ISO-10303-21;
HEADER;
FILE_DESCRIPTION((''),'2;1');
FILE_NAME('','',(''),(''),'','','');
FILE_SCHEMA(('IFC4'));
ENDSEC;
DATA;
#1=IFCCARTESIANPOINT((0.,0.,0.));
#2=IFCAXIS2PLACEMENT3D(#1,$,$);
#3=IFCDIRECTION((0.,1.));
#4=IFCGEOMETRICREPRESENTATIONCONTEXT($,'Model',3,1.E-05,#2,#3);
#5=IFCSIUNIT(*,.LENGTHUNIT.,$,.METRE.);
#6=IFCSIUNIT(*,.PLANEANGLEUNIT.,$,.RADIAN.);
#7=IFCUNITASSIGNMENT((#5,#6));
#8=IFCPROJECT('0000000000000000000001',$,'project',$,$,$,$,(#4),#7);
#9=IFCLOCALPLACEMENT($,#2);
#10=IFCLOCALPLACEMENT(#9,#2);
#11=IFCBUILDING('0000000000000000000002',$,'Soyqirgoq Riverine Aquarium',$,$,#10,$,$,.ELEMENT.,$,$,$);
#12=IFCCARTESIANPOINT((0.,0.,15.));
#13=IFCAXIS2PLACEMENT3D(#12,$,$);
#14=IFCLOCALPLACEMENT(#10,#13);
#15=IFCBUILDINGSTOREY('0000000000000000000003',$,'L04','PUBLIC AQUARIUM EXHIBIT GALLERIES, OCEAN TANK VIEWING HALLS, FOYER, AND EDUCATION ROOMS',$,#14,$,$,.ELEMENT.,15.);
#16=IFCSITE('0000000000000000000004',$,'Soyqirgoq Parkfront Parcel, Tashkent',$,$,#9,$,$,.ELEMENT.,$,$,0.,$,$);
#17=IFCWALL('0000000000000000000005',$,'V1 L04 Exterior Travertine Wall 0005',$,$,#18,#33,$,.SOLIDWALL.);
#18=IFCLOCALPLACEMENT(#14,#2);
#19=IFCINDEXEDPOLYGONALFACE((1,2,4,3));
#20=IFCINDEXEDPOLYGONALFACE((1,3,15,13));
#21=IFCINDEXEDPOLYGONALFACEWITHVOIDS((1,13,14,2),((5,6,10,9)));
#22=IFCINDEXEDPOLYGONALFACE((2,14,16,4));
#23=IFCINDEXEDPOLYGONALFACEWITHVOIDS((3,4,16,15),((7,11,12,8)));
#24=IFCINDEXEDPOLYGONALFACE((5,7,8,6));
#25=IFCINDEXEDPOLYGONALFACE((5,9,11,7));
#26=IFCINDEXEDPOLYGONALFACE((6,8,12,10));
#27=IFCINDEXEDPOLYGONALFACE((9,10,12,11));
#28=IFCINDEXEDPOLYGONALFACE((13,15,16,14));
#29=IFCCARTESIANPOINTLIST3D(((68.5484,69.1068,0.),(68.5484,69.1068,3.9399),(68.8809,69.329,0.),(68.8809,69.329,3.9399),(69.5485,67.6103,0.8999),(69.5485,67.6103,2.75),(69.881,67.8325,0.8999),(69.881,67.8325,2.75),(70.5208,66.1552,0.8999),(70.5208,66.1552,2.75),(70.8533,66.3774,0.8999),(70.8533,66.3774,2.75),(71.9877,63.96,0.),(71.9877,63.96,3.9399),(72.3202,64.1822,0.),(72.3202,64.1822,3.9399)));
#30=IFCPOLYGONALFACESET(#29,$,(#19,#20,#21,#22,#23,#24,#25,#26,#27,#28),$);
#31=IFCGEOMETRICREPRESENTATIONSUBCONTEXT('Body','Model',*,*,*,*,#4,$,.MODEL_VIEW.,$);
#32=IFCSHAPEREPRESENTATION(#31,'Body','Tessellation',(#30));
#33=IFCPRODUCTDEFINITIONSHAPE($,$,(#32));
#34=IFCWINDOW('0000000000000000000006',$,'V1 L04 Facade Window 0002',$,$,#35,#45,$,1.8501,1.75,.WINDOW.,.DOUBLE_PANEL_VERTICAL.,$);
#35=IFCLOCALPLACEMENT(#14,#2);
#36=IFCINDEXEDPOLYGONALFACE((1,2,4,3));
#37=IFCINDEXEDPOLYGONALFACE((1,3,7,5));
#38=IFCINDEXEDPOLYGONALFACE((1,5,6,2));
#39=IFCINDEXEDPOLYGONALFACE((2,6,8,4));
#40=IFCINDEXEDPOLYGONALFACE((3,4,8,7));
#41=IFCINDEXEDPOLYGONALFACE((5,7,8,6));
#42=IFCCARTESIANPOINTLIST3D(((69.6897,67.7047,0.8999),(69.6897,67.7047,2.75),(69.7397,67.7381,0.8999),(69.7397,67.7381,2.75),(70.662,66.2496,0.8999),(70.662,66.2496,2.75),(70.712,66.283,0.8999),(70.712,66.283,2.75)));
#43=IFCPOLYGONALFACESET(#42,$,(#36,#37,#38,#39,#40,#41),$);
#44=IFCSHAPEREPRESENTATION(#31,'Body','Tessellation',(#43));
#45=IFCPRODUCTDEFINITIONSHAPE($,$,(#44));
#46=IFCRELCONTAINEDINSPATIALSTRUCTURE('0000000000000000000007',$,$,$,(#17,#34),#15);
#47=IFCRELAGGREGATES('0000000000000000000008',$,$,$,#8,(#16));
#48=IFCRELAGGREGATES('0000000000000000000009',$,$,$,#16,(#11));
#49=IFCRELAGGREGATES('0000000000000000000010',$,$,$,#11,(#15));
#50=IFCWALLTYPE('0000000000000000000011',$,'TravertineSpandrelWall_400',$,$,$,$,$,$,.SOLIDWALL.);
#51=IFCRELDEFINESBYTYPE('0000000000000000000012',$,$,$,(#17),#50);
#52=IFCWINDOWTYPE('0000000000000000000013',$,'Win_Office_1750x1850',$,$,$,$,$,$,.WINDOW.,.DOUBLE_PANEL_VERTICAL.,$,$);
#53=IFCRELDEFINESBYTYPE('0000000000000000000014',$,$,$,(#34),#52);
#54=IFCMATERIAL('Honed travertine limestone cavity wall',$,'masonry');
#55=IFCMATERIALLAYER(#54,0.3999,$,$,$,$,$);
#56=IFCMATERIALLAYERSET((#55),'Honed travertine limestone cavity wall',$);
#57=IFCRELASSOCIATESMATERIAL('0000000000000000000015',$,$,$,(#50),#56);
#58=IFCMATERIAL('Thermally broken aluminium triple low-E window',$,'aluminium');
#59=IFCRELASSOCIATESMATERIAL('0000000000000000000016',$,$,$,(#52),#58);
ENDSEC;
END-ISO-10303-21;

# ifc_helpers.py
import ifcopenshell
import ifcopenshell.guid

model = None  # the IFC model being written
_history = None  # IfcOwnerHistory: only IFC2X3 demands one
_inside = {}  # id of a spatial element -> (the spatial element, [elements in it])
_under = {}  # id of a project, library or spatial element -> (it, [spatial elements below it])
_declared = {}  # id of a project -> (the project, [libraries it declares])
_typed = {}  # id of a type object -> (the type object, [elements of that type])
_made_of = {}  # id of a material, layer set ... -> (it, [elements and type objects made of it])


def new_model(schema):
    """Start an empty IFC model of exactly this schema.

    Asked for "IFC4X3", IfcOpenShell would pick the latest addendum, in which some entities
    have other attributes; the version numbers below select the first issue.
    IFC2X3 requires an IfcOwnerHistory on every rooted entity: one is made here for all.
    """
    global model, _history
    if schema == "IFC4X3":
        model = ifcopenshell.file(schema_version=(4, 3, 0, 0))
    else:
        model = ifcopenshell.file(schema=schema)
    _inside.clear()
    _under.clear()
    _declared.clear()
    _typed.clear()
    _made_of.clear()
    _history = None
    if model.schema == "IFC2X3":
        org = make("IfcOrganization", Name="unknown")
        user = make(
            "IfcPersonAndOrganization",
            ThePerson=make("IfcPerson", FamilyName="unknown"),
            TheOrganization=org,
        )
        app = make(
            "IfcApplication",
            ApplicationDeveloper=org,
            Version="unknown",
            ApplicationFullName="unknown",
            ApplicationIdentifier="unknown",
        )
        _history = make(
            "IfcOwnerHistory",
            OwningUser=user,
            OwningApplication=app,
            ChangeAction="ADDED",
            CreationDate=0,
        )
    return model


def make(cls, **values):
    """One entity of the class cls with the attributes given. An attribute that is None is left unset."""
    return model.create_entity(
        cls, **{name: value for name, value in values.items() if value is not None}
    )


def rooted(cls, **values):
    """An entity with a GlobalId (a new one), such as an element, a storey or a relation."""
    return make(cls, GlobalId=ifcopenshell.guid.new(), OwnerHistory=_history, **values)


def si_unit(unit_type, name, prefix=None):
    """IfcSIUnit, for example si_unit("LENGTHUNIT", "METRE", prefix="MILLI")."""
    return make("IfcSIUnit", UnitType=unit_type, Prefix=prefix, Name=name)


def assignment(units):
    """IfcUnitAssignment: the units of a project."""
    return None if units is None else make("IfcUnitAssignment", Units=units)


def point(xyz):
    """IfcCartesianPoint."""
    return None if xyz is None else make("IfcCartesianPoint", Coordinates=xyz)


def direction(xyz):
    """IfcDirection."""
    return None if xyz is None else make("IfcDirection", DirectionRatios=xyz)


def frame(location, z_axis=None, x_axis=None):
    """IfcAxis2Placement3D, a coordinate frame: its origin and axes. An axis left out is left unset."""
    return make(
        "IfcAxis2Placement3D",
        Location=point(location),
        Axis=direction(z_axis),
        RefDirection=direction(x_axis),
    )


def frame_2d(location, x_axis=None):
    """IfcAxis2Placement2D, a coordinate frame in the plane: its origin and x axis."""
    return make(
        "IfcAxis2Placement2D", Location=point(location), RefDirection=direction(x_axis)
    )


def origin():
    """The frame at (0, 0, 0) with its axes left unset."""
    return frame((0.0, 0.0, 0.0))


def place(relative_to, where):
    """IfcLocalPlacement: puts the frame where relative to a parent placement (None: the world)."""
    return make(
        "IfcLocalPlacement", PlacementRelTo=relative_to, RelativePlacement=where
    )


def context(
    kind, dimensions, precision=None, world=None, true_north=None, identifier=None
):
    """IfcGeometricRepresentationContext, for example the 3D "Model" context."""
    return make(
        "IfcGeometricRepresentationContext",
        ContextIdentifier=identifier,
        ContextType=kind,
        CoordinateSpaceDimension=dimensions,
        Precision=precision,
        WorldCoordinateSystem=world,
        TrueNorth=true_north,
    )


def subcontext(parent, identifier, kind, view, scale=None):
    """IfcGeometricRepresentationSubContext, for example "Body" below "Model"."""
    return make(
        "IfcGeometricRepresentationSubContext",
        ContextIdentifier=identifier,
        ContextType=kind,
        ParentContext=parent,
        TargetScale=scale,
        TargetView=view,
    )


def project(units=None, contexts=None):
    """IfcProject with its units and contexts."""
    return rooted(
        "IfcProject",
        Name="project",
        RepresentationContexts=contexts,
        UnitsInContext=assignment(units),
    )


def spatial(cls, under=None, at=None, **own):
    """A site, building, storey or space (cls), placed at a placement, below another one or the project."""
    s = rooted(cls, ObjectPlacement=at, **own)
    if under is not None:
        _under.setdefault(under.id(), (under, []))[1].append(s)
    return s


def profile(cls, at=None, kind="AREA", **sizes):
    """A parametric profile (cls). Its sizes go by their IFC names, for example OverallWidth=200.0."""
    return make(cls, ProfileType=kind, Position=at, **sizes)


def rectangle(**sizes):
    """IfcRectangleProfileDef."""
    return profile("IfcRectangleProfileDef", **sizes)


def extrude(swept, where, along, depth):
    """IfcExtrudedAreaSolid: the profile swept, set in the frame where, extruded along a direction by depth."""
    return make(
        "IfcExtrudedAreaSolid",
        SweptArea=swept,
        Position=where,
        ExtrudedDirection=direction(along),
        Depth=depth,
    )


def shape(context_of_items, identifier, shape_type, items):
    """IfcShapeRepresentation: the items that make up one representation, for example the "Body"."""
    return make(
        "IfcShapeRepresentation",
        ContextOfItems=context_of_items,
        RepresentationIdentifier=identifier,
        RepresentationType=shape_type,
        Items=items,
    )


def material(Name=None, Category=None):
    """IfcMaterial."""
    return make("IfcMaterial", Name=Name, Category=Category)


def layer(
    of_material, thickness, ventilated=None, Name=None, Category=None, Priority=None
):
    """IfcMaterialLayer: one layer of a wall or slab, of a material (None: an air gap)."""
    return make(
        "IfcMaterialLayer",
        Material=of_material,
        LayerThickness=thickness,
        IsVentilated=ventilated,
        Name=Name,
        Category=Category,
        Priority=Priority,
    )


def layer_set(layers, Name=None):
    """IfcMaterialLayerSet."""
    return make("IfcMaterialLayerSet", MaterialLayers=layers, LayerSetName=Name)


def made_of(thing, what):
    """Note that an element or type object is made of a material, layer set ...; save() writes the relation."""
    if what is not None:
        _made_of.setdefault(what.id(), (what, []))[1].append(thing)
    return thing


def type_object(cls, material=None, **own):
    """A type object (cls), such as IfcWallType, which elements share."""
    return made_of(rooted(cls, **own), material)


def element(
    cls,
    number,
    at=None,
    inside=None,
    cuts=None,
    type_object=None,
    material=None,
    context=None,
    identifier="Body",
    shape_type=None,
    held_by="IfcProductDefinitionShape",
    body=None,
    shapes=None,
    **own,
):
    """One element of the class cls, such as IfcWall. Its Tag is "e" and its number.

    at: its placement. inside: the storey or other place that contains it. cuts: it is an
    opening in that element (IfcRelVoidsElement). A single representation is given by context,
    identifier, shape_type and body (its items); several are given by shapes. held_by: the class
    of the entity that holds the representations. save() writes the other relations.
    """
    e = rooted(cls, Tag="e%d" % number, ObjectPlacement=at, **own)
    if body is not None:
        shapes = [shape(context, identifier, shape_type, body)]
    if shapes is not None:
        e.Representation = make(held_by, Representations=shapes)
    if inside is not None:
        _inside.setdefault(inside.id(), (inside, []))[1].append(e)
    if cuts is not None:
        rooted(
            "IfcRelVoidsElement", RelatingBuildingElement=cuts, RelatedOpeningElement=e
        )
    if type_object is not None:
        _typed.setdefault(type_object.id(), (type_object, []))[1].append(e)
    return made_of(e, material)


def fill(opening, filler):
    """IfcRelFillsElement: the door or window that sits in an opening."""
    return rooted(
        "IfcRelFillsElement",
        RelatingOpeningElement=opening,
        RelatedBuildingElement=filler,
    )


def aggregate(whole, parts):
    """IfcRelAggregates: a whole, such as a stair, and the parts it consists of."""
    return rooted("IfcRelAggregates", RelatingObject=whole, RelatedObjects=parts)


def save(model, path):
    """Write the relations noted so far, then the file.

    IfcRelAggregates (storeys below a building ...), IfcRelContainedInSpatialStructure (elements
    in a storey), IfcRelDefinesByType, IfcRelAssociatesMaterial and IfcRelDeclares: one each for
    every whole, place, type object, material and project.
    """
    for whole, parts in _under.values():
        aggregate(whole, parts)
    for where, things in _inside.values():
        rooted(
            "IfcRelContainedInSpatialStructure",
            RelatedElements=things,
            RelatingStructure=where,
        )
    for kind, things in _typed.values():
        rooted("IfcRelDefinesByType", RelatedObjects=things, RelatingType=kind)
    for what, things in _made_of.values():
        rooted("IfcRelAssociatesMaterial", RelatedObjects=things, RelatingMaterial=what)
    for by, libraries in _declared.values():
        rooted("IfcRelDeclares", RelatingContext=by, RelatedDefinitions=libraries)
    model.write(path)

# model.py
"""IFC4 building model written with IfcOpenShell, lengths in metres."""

from ifc_helpers import new_model, si_unit, direction, frame, frame_2d, origin, place, context, subcontext, project, spatial, rectangle, extrude, material, layer, layer_set, type_object, element, fill, save


model = new_model("IFC4")

# Units and contexts
model_context = context("Model", 3, precision=1e-05, world=origin(), true_north=direction((0.0, 1.0)))
body_context = subcontext(model_context, "Body", "Model", "MODEL_VIEW")
ifc_project = project(units=[si_unit("LENGTHUNIT", "METRE"), si_unit("PLANEANGLEUNIT", "RADIAN")], contexts=[model_context])

# Site, building, storey
site_placement = place(None, origin())
site = spatial("IfcSite", under=ifc_project, at=site_placement, Name="Soyqirgoq Parkfront Parcel, Tashkent", CompositionType="ELEMENT", RefElevation=0.0)
building_placement = place(site_placement, origin())
building = spatial("IfcBuilding", under=site, at=building_placement, Name="Soyqirgoq Riverine Aquarium", CompositionType="ELEMENT")
storey_placement = place(building_placement, frame((0.0, 0.0, 15.0)))
storey = spatial("IfcBuildingStorey", under=building, at=storey_placement, Name="L04", Description="PUBLIC AQUARIUM EXHIBIT GALLERIES, OCEAN TANK VIEWING HALLS, FOYER, AND EDUCATION ROOMS", CompositionType="ELEMENT", Elevation=15.0)

# Wall, opening, window
ifc_material_1 = material(Name="Honed travertine limestone cavity wall", Category="masonry")
ifc_layer_1 = layer(ifc_material_1, 0.3999)
ifc_layer_set_1 = layer_set([ifc_layer_1], Name="Honed travertine limestone cavity wall")
wall_type_1 = type_object("IfcWallType", Name="TravertineSpandrelWall_400", PredefinedType="SOLIDWALL", material=ifc_layer_set_1)
wall_1_placement = place(storey_placement, frame((68.7146, 69.218, 0.0), z_axis=(0.0, 0.0, 1.0), x_axis=(0.555601, -0.831449, 0.0)))
wall_1 = element("IfcWall", 1, at=wall_1_placement, inside=storey, type_object=wall_type_1, Name="V1 L04 Exterior Travertine Wall 0005", PredefinedType="SOLIDWALL", context=body_context, shape_type="SweptSolid", body=[
    extrude(rectangle(XDim=6.1902, YDim=0.3999, at=frame_2d((3.0952, 0.0))), origin(), (0.0, 0.0, 1.0), 3.9399),
])
opening_1_placement = place(wall_1_placement, frame((1.8, 0.0, 0.8999)))
opening_1 = element("IfcOpeningElement", 2, at=opening_1_placement, cuts=wall_1, PredefinedType="OPENING", context=body_context, shape_type="SweptSolid", body=[
    extrude(rectangle(XDim=1.75, YDim=1.8501, at=frame_2d((0.875, 0.925))), frame((0.0, 0.21, 0.0), z_axis=(0.0, -1.0, 0.0), x_axis=(1.0, 0.0, 0.0)), (0.0, 0.0, 1.0), 0.4199),
])
ifc_material_2 = material(Name="Thermally broken aluminium triple low-E window", Category="aluminium")
window_type_1 = type_object("IfcWindowType", Name="Win_Office_1750x1850", PartitioningType="DOUBLE_PANEL_VERTICAL", PredefinedType="WINDOW", material=ifc_material_2)
window_1_placement = place(opening_1_placement, origin())
window_1 = element("IfcWindow", 3, at=window_1_placement, inside=storey, type_object=window_type_1, Name="V1 L04 Facade Window 0002", OverallHeight=1.8501, OverallWidth=1.75, PartitioningType="DOUBLE_PANEL_VERTICAL", PredefinedType="WINDOW", context=body_context, shape_type="SweptSolid", body=[
    extrude(rectangle(XDim=1.75, YDim=1.8501, at=frame_2d((0.875, 0.925))), frame((0.0, 0.03, 0.0), z_axis=(0.0, -1.0, 0.0), x_axis=(1.0, 0.0, 0.0)), (0.0, 0.0, 1.0), 0.0601),
])
fill(opening_1, window_1)

save(model, "model.ifc")
